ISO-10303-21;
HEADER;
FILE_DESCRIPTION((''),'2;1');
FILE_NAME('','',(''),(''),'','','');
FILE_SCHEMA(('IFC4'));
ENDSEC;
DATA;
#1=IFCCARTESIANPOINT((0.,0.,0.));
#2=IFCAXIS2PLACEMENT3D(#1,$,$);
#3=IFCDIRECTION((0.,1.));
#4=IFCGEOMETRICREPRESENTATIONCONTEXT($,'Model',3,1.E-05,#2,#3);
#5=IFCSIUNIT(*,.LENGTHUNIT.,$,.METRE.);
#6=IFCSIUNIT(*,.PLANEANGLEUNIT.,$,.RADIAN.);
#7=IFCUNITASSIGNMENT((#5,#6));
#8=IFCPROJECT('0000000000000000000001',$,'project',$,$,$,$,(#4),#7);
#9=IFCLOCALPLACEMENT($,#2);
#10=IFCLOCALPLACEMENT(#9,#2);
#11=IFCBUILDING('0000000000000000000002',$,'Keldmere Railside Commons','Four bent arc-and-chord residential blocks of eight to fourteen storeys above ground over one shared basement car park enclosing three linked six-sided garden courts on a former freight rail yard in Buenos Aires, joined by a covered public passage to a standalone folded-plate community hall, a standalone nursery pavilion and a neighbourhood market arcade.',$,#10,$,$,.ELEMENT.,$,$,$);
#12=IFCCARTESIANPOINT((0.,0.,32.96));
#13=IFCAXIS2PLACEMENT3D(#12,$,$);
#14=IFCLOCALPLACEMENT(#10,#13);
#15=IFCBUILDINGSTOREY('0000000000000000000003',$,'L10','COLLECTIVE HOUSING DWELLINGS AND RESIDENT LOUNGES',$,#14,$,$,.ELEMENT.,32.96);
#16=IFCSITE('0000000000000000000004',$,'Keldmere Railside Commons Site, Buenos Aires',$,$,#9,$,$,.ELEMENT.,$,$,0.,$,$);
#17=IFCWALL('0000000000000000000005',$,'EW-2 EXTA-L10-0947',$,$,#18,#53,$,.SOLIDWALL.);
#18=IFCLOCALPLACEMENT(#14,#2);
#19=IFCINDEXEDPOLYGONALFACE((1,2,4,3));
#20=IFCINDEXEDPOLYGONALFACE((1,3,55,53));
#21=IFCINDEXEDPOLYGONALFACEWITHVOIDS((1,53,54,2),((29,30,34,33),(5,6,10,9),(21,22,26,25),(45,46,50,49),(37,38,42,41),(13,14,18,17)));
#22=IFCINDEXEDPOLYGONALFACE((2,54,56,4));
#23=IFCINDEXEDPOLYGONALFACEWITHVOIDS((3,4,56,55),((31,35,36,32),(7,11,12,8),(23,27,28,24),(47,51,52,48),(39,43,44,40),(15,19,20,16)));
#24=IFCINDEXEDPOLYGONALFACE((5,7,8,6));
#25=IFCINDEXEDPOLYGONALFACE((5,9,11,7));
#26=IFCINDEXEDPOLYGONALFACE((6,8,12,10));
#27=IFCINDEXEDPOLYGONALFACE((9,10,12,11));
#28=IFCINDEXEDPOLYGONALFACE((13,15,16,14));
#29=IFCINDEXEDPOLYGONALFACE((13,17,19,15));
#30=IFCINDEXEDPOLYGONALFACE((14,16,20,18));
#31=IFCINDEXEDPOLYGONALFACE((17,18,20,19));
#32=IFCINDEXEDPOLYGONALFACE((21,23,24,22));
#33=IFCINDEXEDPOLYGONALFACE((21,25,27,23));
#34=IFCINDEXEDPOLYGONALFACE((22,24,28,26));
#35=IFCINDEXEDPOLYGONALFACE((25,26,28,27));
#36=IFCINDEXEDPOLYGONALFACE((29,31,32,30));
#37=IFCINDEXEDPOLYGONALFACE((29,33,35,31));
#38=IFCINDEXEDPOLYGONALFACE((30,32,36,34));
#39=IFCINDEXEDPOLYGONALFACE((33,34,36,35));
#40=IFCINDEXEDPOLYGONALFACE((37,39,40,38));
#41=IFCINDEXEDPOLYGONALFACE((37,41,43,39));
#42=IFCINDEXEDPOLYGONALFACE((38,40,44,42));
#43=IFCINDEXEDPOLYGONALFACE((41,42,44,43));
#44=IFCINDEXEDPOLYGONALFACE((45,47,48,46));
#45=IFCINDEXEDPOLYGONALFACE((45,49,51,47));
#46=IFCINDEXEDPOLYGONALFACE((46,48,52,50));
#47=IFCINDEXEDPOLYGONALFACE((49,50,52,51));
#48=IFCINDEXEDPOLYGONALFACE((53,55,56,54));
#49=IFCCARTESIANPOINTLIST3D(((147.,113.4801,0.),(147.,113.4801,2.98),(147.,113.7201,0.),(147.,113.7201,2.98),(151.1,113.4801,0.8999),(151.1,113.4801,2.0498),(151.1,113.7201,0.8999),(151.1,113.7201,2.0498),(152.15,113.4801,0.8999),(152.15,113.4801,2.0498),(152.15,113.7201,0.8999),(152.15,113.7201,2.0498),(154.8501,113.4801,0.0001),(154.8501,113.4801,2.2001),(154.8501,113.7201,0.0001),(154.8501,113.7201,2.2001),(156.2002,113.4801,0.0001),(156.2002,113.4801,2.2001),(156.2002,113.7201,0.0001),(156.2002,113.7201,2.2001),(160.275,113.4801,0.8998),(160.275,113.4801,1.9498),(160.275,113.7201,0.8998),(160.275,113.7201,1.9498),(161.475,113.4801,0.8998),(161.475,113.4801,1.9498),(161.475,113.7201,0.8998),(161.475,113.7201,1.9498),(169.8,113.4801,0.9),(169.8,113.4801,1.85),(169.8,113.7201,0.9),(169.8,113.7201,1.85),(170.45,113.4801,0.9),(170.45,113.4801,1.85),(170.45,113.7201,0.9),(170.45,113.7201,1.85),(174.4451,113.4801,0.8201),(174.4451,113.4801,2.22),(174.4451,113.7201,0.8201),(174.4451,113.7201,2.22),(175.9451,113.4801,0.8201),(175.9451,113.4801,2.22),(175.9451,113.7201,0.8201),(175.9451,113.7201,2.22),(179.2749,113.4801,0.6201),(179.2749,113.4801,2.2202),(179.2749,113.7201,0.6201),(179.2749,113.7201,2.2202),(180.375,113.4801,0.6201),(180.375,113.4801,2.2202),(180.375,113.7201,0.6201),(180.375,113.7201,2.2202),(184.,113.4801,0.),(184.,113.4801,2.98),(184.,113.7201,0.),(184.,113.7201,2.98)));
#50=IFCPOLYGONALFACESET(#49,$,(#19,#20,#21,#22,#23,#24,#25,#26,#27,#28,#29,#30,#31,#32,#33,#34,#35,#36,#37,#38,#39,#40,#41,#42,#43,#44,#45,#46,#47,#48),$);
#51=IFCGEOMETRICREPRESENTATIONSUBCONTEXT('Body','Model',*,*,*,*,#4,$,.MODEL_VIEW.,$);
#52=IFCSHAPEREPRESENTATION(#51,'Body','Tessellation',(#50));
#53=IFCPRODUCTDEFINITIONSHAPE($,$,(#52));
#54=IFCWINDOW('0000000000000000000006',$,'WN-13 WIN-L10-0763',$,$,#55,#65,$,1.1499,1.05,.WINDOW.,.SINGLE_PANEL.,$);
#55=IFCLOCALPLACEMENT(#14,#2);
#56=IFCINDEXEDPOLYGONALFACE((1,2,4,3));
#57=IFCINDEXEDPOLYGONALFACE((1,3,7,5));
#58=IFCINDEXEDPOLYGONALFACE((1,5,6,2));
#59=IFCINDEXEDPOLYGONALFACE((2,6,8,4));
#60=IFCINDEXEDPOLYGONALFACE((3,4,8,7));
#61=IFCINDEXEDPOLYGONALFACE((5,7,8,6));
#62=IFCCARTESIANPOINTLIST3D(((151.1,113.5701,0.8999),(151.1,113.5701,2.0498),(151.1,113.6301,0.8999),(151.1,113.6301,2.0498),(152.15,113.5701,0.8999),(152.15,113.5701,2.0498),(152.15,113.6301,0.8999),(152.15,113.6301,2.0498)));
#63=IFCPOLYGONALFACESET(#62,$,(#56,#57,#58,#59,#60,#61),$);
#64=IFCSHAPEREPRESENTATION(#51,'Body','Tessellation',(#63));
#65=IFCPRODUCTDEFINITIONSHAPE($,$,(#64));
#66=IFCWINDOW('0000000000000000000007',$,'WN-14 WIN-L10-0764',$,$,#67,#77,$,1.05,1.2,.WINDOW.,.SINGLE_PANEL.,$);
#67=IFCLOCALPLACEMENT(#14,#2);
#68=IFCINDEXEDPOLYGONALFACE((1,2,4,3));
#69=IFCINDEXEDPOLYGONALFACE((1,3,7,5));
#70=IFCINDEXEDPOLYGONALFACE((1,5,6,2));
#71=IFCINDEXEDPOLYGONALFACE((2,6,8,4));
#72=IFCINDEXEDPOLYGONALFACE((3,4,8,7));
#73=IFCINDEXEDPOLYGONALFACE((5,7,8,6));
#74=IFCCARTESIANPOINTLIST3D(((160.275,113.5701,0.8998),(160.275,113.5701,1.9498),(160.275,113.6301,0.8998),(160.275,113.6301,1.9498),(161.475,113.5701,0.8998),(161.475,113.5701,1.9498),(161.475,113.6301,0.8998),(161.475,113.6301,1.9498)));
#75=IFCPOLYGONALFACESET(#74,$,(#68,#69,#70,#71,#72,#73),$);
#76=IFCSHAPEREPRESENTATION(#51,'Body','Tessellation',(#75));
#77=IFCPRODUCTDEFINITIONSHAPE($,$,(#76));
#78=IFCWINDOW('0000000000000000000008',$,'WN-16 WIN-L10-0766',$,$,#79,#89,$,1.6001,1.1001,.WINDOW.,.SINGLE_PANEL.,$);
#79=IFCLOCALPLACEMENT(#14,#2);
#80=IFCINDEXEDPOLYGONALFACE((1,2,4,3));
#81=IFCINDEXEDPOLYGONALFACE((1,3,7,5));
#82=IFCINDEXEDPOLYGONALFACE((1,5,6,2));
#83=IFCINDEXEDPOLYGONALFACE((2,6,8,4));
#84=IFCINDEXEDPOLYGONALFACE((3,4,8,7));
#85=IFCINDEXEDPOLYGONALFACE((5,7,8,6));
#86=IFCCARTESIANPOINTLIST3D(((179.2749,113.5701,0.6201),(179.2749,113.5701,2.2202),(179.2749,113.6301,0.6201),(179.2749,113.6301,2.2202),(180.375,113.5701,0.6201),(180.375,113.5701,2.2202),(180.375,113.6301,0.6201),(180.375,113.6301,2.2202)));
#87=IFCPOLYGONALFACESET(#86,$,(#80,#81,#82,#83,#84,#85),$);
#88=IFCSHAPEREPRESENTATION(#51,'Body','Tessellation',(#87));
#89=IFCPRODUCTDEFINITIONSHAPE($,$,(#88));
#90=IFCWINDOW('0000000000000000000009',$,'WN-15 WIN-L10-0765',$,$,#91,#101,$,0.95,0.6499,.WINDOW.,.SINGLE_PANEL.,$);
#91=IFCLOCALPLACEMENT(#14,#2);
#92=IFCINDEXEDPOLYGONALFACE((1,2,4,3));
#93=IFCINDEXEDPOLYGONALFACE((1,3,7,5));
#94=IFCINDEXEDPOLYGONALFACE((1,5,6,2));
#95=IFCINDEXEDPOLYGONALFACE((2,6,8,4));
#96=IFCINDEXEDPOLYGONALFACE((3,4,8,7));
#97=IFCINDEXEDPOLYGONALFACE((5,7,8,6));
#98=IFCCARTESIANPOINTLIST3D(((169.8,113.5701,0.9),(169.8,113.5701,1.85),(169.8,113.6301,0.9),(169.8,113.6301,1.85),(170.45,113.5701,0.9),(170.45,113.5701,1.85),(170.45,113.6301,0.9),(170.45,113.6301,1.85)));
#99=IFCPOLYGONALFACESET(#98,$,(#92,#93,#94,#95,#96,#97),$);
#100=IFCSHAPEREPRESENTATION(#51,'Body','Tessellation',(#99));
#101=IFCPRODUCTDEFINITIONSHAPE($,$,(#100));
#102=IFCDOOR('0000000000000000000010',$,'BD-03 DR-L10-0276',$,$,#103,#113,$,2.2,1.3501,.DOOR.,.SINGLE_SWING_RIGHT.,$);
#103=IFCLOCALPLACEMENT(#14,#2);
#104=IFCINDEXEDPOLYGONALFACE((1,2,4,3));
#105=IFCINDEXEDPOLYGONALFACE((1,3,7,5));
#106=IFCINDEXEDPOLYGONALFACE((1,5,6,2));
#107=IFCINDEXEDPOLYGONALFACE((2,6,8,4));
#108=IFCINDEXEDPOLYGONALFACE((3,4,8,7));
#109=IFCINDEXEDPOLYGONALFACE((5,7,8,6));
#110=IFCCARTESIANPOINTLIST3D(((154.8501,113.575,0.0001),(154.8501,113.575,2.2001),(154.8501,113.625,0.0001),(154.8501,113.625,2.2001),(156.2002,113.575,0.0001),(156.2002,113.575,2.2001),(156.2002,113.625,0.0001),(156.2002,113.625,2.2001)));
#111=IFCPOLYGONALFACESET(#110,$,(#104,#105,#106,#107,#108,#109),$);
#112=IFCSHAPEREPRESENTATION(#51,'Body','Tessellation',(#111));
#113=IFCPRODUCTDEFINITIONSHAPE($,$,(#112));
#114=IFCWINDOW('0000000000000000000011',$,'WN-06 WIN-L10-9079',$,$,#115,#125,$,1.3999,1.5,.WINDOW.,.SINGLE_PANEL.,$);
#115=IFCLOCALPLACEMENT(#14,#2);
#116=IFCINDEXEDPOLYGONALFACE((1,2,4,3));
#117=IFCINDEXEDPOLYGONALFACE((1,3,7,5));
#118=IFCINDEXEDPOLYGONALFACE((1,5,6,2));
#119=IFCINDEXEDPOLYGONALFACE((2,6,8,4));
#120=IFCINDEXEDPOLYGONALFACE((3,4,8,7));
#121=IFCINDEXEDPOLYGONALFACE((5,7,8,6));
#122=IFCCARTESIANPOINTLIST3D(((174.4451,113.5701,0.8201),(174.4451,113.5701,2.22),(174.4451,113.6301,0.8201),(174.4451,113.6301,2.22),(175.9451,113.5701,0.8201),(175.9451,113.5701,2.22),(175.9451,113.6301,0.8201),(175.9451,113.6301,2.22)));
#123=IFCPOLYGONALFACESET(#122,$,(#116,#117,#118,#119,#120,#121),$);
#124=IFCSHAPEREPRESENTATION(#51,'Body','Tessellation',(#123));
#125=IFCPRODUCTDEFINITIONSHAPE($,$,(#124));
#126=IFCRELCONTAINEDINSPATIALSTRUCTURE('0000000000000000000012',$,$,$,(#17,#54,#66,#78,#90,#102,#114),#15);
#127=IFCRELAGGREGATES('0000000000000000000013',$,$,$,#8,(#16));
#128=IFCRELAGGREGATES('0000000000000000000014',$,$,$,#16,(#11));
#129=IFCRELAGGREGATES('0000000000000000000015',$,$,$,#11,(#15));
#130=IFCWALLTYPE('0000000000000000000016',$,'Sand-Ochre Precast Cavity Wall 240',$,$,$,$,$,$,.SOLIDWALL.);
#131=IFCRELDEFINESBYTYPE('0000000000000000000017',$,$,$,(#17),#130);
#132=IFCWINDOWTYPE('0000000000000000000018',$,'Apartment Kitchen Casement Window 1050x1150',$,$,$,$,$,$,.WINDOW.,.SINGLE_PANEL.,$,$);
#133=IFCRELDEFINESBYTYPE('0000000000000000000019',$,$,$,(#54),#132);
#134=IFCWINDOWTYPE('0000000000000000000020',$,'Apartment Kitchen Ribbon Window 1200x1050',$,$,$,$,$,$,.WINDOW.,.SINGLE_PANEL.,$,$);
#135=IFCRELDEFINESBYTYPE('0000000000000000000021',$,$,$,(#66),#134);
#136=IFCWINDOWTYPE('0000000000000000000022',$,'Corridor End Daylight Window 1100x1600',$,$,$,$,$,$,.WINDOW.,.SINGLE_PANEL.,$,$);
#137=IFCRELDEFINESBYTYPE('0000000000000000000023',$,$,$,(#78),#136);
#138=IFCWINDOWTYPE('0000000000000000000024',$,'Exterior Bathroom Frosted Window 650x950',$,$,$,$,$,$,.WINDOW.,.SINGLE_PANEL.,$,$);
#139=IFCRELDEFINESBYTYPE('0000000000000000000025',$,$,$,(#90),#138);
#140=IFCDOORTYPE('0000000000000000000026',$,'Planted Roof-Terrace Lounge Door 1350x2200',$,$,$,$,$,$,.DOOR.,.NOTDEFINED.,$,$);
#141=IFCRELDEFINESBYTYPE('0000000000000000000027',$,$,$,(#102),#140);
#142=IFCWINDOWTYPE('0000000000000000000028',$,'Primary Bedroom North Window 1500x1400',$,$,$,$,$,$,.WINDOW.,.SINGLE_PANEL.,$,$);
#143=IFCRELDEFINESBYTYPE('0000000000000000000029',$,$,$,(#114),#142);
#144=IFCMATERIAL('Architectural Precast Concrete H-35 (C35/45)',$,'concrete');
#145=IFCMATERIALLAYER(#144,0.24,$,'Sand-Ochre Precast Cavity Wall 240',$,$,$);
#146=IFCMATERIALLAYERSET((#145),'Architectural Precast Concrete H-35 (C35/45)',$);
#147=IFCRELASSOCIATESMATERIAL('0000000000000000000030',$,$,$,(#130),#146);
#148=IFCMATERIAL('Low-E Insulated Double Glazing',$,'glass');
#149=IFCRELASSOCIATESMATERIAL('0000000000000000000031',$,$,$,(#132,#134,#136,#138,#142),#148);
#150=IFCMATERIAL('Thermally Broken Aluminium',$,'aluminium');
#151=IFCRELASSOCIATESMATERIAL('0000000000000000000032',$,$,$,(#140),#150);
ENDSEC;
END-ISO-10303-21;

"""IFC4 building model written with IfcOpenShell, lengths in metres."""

from ifc_helpers import new_model, si_unit, direction, frame, frame_2d, origin, place, context, subcontext, project, spatial, rectangle, extrude, material, layer, layer_set, type_object, element, fill, save


model = new_model("IFC4")

# Units and contexts
model_context = context("Model", 3, precision=1e-05, world=origin(), true_north=direction((0.0, 1.0)))
body_context = subcontext(model_context, "Body", "Model", "MODEL_VIEW")
ifc_project = project(units=[si_unit("LENGTHUNIT", "METRE"), si_unit("PLANEANGLEUNIT", "RADIAN")], contexts=[model_context])

# Site, building, storey
site_placement = place(None, origin())
site = spatial("IfcSite", under=ifc_project, at=site_placement, Name="Keldmere Railside Commons Site, Buenos Aires", CompositionType="ELEMENT", RefElevation=0.0)
building_placement = place(site_placement, origin())
building = spatial("IfcBuilding", under=site, at=building_placement, Name="Keldmere Railside Commons", Description="Four bent arc-and-chord residential blocks of eight to fourteen storeys above ground over one shared basement car park enclosing three linked six-sided garden courts on a former freight rail yard in Buenos Aires, joined by a covered public passage to a standalone folded-plate community hall, a standalone nursery pavilion and a neighbourhood market arcade.", CompositionType="ELEMENT")
storey_placement = place(building_placement, frame((0.0, 0.0, 32.96)))
storey = spatial("IfcBuildingStorey", under=building, at=storey_placement, Name="L10", Description="COLLECTIVE HOUSING DWELLINGS AND RESIDENT LOUNGES", CompositionType="ELEMENT", Elevation=32.96)

# Shared definitions
ifc_material_1 = material(Name="Thermally Broken Aluminium", Category="aluminium")
ifc_material_2 = material(Name="Low-E Insulated Double Glazing", Category="glass")

# Wall, openings, windows, door
ifc_material_3 = material(Name="Architectural Precast Concrete H-35 (C35/45)", Category="concrete")
ifc_layer_1 = layer(ifc_material_3, 0.24, Name="Sand-Ochre Precast Cavity Wall 240")
ifc_layer_set_1 = layer_set([ifc_layer_1], Name="Architectural Precast Concrete H-35 (C35/45)")
wall_type_1 = type_object("IfcWallType", Name="Sand-Ochre Precast Cavity Wall 240", PredefinedType="SOLIDWALL", material=ifc_layer_set_1)
wall_1_placement = place(storey_placement, frame((147.0, 113.6001, 0.0), z_axis=(0.0, 0.0, 1.0), x_axis=(1.0, 0.0, 0.0)))
wall_1 = element("IfcWall", 1, at=wall_1_placement, inside=storey, type_object=wall_type_1, Name="EW-2 EXTA-L10-0947", PredefinedType="SOLIDWALL", context=body_context, shape_type="SweptSolid", body=[
    extrude(rectangle(XDim=37.0, YDim=0.24, at=frame_2d((18.5, 0.0))), origin(), (0.0, 0.0, 1.0), 2.98),
])
opening_1_placement = place(wall_1_placement, frame((7.8501, 0.0, 0.0)))
opening_1 = element("IfcOpeningElement", 2, at=opening_1_placement, cuts=wall_1, PredefinedType="OPENING", context=body_context, shape_type="SweptSolid", body=[
    extrude(rectangle(XDim=1.3501, YDim=2.2, at=frame_2d((0.675, 1.1001))), frame((0.0, 0.1299, 0.0), z_axis=(0.0, -1.0, 0.0), x_axis=(1.0, 0.0, 0.0)), (0.0, 0.0, 1.0), 0.26),
])
opening_2_placement = place(wall_1_placement, frame((4.1001, 0.0, 0.8999)))
opening_2 = element("IfcOpeningElement", 3, at=opening_2_placement, cuts=wall_1, PredefinedType="OPENING", context=body_context, shape_type="SweptSolid", body=[
    extrude(rectangle(XDim=1.05, YDim=1.1499, at=frame_2d((0.5249, 0.575))), frame((0.0, 0.1299, 0.0), z_axis=(0.0, -1.0, 0.0), x_axis=(1.0, 0.0, 0.0)), (0.0, 0.0, 1.0), 0.26),
])
opening_3_placement = place(wall_1_placement, frame((13.2749, 0.0, 0.8999)))
opening_3 = element("IfcOpeningElement", 4, at=opening_3_placement, cuts=wall_1, PredefinedType="OPENING", context=body_context, shape_type="SweptSolid", body=[
    extrude(rectangle(XDim=1.2, YDim=1.05, at=frame_2d((0.6001, 0.5249))), frame((0.0, 0.1299, 0.0), z_axis=(0.0, -1.0, 0.0), x_axis=(1.0, 0.0, 0.0)), (0.0, 0.0, 1.0), 0.26),
])
opening_4_placement = place(wall_1_placement, frame((22.8, 0.0, 0.8999)))
opening_4 = element("IfcOpeningElement", 5, at=opening_4_placement, cuts=wall_1, PredefinedType="OPENING", context=body_context, shape_type="SweptSolid", body=[
    extrude(rectangle(XDim=0.6499, YDim=0.95, at=frame_2d((0.325, 0.4751))), frame((0.0, 0.1299, 0.0), z_axis=(0.0, -1.0, 0.0), x_axis=(1.0, 0.0, 0.0)), (0.0, 0.0, 1.0), 0.26),
])
opening_5_placement = place(wall_1_placement, frame((32.2749, 0.0, 0.6201)))
opening_5 = element("IfcOpeningElement", 6, at=opening_5_placement, cuts=wall_1, PredefinedType="OPENING", context=body_context, shape_type="SweptSolid", body=[
    extrude(rectangle(XDim=1.1001, YDim=1.6001, at=frame_2d((0.55, 0.8))), frame((0.0, 0.1299, 0.0), z_axis=(0.0, -1.0, 0.0), x_axis=(1.0, 0.0, 0.0)), (0.0, 0.0, 1.0), 0.26),
])
opening_6_placement = place(wall_1_placement, frame((27.4451, 0.0, 0.8201)))
opening_6 = element("IfcOpeningElement", 7, at=opening_6_placement, cuts=wall_1, PredefinedType="OPENING", context=body_context, shape_type="SweptSolid", body=[
    extrude(rectangle(XDim=1.5, YDim=1.3999, at=frame_2d((0.75, 0.7))), frame((0.0, 0.1299, 0.0), z_axis=(0.0, -1.0, 0.0), x_axis=(1.0, 0.0, 0.0)), (0.0, 0.0, 1.0), 0.26),
])
window_type_1 = type_object("IfcWindowType", Name="Apartment Kitchen Casement Window 1050x1150", PartitioningType="SINGLE_PANEL", PredefinedType="WINDOW", material=ifc_material_2)
window_1_placement = place(opening_2_placement, origin())
window_1 = element("IfcWindow", 8, at=window_1_placement, inside=storey, type_object=window_type_1, Name="WN-13 WIN-L10-0763", OverallHeight=1.1499, OverallWidth=1.05, PartitioningType="SINGLE_PANEL", PredefinedType="WINDOW", context=body_context, shape_type="SweptSolid", body=[
    extrude(rectangle(XDim=1.05, YDim=1.1499, at=frame_2d((0.5249, 0.575))), frame((0.0, 0.03, 0.0), z_axis=(0.0, -1.0, 0.0), x_axis=(1.0, 0.0, 0.0)), (0.0, 0.0, 1.0), 0.0601),
])
fill(opening_2, window_1)
window_type_2 = type_object("IfcWindowType", Name="Apartment Kitchen Ribbon Window 1200x1050", PartitioningType="SINGLE_PANEL", PredefinedType="WINDOW", material=ifc_material_2)
window_2_placement = place(opening_3_placement, origin())
window_2 = element("IfcWindow", 9, at=window_2_placement, inside=storey, type_object=window_type_2, Name="WN-14 WIN-L10-0764", OverallHeight=1.05, OverallWidth=1.2, PartitioningType="SINGLE_PANEL", PredefinedType="WINDOW", context=body_context, shape_type="SweptSolid", body=[
    extrude(rectangle(XDim=1.2, YDim=1.05, at=frame_2d((0.6001, 0.5249))), frame((0.0, 0.03, 0.0), z_axis=(0.0, -1.0, 0.0), x_axis=(1.0, 0.0, 0.0)), (0.0, 0.0, 1.0), 0.0601),
])
fill(opening_3, window_2)
window_type_3 = type_object("IfcWindowType", Name="Corridor End Daylight Window 1100x1600", PartitioningType="SINGLE_PANEL", PredefinedType="WINDOW", material=ifc_material_2)
window_3_placement = place(opening_5_placement, origin())
window_3 = element("IfcWindow", 10, at=window_3_placement, inside=storey, type_object=window_type_3, Name="WN-16 WIN-L10-0766", OverallHeight=1.6001, OverallWidth=1.1001, PartitioningType="SINGLE_PANEL", PredefinedType="WINDOW", context=body_context, shape_type="SweptSolid", body=[
    extrude(rectangle(XDim=1.1001, YDim=1.6001, at=frame_2d((0.55, 0.8))), frame((0.0, 0.03, 0.0), z_axis=(0.0, -1.0, 0.0), x_axis=(1.0, 0.0, 0.0)), (0.0, 0.0, 1.0), 0.0601),
])
fill(opening_5, window_3)
window_type_4 = type_object("IfcWindowType", Name="Exterior Bathroom Frosted Window 650x950", PartitioningType="SINGLE_PANEL", PredefinedType="WINDOW", material=ifc_material_2)
window_4_placement = place(opening_4_placement, origin())
window_4 = element("IfcWindow", 11, at=window_4_placement, inside=storey, type_object=window_type_4, Name="WN-15 WIN-L10-0765", OverallHeight=0.95, OverallWidth=0.6499, PartitioningType="SINGLE_PANEL", PredefinedType="WINDOW", context=body_context, shape_type="SweptSolid", body=[
    extrude(rectangle(XDim=0.6499, YDim=0.95, at=frame_2d((0.325, 0.4751))), frame((0.0, 0.03, 0.0), z_axis=(0.0, -1.0, 0.0), x_axis=(1.0, 0.0, 0.0)), (0.0, 0.0, 1.0), 0.0601),
])
fill(opening_4, window_4)
door_type_1 = type_object("IfcDoorType", Name="Planted Roof-Terrace Lounge Door 1350x2200", OperationType="NOTDEFINED", PredefinedType="DOOR", material=ifc_material_1)
door_1_placement = place(opening_1_placement, origin())
door_1 = element("IfcDoor", 12, at=door_1_placement, inside=storey, type_object=door_type_1, Name="BD-03 DR-L10-0276", OperationType="SINGLE_SWING_RIGHT", OverallHeight=2.2, OverallWidth=1.3501, PredefinedType="DOOR", context=body_context, shape_type="SweptSolid", body=[
    extrude(rectangle(XDim=1.3501, YDim=2.2, at=frame_2d((0.675, 1.1001))), frame((0.0, 0.0249, 0.0), z_axis=(0.0, -1.0, 0.0), x_axis=(1.0, 0.0, 0.0)), (0.0, 0.0, 1.0), 0.05),
])
fill(opening_1, door_1)
window_type_5 = type_object("IfcWindowType", Name="Primary Bedroom North Window 1500x1400", PartitioningType="SINGLE_PANEL", PredefinedType="WINDOW", material=ifc_material_2)
window_5_placement = place(opening_6_placement, origin())
window_5 = element("IfcWindow", 13, at=window_5_placement, inside=storey, type_object=window_type_5, Name="WN-06 WIN-L10-9079", OverallHeight=1.3999, OverallWidth=1.5, PartitioningType="SINGLE_PANEL", PredefinedType="WINDOW", context=body_context, shape_type="SweptSolid", body=[
    extrude(rectangle(XDim=1.5, YDim=1.3999, at=frame_2d((0.75, 0.7))), frame((0.0, 0.03, 0.0), z_axis=(0.0, -1.0, 0.0), x_axis=(1.0, 0.0, 0.0)), (0.0, 0.0, 1.0), 0.0601),
])
fill(opening_6, window_5)

save(model, "model.ifc")
